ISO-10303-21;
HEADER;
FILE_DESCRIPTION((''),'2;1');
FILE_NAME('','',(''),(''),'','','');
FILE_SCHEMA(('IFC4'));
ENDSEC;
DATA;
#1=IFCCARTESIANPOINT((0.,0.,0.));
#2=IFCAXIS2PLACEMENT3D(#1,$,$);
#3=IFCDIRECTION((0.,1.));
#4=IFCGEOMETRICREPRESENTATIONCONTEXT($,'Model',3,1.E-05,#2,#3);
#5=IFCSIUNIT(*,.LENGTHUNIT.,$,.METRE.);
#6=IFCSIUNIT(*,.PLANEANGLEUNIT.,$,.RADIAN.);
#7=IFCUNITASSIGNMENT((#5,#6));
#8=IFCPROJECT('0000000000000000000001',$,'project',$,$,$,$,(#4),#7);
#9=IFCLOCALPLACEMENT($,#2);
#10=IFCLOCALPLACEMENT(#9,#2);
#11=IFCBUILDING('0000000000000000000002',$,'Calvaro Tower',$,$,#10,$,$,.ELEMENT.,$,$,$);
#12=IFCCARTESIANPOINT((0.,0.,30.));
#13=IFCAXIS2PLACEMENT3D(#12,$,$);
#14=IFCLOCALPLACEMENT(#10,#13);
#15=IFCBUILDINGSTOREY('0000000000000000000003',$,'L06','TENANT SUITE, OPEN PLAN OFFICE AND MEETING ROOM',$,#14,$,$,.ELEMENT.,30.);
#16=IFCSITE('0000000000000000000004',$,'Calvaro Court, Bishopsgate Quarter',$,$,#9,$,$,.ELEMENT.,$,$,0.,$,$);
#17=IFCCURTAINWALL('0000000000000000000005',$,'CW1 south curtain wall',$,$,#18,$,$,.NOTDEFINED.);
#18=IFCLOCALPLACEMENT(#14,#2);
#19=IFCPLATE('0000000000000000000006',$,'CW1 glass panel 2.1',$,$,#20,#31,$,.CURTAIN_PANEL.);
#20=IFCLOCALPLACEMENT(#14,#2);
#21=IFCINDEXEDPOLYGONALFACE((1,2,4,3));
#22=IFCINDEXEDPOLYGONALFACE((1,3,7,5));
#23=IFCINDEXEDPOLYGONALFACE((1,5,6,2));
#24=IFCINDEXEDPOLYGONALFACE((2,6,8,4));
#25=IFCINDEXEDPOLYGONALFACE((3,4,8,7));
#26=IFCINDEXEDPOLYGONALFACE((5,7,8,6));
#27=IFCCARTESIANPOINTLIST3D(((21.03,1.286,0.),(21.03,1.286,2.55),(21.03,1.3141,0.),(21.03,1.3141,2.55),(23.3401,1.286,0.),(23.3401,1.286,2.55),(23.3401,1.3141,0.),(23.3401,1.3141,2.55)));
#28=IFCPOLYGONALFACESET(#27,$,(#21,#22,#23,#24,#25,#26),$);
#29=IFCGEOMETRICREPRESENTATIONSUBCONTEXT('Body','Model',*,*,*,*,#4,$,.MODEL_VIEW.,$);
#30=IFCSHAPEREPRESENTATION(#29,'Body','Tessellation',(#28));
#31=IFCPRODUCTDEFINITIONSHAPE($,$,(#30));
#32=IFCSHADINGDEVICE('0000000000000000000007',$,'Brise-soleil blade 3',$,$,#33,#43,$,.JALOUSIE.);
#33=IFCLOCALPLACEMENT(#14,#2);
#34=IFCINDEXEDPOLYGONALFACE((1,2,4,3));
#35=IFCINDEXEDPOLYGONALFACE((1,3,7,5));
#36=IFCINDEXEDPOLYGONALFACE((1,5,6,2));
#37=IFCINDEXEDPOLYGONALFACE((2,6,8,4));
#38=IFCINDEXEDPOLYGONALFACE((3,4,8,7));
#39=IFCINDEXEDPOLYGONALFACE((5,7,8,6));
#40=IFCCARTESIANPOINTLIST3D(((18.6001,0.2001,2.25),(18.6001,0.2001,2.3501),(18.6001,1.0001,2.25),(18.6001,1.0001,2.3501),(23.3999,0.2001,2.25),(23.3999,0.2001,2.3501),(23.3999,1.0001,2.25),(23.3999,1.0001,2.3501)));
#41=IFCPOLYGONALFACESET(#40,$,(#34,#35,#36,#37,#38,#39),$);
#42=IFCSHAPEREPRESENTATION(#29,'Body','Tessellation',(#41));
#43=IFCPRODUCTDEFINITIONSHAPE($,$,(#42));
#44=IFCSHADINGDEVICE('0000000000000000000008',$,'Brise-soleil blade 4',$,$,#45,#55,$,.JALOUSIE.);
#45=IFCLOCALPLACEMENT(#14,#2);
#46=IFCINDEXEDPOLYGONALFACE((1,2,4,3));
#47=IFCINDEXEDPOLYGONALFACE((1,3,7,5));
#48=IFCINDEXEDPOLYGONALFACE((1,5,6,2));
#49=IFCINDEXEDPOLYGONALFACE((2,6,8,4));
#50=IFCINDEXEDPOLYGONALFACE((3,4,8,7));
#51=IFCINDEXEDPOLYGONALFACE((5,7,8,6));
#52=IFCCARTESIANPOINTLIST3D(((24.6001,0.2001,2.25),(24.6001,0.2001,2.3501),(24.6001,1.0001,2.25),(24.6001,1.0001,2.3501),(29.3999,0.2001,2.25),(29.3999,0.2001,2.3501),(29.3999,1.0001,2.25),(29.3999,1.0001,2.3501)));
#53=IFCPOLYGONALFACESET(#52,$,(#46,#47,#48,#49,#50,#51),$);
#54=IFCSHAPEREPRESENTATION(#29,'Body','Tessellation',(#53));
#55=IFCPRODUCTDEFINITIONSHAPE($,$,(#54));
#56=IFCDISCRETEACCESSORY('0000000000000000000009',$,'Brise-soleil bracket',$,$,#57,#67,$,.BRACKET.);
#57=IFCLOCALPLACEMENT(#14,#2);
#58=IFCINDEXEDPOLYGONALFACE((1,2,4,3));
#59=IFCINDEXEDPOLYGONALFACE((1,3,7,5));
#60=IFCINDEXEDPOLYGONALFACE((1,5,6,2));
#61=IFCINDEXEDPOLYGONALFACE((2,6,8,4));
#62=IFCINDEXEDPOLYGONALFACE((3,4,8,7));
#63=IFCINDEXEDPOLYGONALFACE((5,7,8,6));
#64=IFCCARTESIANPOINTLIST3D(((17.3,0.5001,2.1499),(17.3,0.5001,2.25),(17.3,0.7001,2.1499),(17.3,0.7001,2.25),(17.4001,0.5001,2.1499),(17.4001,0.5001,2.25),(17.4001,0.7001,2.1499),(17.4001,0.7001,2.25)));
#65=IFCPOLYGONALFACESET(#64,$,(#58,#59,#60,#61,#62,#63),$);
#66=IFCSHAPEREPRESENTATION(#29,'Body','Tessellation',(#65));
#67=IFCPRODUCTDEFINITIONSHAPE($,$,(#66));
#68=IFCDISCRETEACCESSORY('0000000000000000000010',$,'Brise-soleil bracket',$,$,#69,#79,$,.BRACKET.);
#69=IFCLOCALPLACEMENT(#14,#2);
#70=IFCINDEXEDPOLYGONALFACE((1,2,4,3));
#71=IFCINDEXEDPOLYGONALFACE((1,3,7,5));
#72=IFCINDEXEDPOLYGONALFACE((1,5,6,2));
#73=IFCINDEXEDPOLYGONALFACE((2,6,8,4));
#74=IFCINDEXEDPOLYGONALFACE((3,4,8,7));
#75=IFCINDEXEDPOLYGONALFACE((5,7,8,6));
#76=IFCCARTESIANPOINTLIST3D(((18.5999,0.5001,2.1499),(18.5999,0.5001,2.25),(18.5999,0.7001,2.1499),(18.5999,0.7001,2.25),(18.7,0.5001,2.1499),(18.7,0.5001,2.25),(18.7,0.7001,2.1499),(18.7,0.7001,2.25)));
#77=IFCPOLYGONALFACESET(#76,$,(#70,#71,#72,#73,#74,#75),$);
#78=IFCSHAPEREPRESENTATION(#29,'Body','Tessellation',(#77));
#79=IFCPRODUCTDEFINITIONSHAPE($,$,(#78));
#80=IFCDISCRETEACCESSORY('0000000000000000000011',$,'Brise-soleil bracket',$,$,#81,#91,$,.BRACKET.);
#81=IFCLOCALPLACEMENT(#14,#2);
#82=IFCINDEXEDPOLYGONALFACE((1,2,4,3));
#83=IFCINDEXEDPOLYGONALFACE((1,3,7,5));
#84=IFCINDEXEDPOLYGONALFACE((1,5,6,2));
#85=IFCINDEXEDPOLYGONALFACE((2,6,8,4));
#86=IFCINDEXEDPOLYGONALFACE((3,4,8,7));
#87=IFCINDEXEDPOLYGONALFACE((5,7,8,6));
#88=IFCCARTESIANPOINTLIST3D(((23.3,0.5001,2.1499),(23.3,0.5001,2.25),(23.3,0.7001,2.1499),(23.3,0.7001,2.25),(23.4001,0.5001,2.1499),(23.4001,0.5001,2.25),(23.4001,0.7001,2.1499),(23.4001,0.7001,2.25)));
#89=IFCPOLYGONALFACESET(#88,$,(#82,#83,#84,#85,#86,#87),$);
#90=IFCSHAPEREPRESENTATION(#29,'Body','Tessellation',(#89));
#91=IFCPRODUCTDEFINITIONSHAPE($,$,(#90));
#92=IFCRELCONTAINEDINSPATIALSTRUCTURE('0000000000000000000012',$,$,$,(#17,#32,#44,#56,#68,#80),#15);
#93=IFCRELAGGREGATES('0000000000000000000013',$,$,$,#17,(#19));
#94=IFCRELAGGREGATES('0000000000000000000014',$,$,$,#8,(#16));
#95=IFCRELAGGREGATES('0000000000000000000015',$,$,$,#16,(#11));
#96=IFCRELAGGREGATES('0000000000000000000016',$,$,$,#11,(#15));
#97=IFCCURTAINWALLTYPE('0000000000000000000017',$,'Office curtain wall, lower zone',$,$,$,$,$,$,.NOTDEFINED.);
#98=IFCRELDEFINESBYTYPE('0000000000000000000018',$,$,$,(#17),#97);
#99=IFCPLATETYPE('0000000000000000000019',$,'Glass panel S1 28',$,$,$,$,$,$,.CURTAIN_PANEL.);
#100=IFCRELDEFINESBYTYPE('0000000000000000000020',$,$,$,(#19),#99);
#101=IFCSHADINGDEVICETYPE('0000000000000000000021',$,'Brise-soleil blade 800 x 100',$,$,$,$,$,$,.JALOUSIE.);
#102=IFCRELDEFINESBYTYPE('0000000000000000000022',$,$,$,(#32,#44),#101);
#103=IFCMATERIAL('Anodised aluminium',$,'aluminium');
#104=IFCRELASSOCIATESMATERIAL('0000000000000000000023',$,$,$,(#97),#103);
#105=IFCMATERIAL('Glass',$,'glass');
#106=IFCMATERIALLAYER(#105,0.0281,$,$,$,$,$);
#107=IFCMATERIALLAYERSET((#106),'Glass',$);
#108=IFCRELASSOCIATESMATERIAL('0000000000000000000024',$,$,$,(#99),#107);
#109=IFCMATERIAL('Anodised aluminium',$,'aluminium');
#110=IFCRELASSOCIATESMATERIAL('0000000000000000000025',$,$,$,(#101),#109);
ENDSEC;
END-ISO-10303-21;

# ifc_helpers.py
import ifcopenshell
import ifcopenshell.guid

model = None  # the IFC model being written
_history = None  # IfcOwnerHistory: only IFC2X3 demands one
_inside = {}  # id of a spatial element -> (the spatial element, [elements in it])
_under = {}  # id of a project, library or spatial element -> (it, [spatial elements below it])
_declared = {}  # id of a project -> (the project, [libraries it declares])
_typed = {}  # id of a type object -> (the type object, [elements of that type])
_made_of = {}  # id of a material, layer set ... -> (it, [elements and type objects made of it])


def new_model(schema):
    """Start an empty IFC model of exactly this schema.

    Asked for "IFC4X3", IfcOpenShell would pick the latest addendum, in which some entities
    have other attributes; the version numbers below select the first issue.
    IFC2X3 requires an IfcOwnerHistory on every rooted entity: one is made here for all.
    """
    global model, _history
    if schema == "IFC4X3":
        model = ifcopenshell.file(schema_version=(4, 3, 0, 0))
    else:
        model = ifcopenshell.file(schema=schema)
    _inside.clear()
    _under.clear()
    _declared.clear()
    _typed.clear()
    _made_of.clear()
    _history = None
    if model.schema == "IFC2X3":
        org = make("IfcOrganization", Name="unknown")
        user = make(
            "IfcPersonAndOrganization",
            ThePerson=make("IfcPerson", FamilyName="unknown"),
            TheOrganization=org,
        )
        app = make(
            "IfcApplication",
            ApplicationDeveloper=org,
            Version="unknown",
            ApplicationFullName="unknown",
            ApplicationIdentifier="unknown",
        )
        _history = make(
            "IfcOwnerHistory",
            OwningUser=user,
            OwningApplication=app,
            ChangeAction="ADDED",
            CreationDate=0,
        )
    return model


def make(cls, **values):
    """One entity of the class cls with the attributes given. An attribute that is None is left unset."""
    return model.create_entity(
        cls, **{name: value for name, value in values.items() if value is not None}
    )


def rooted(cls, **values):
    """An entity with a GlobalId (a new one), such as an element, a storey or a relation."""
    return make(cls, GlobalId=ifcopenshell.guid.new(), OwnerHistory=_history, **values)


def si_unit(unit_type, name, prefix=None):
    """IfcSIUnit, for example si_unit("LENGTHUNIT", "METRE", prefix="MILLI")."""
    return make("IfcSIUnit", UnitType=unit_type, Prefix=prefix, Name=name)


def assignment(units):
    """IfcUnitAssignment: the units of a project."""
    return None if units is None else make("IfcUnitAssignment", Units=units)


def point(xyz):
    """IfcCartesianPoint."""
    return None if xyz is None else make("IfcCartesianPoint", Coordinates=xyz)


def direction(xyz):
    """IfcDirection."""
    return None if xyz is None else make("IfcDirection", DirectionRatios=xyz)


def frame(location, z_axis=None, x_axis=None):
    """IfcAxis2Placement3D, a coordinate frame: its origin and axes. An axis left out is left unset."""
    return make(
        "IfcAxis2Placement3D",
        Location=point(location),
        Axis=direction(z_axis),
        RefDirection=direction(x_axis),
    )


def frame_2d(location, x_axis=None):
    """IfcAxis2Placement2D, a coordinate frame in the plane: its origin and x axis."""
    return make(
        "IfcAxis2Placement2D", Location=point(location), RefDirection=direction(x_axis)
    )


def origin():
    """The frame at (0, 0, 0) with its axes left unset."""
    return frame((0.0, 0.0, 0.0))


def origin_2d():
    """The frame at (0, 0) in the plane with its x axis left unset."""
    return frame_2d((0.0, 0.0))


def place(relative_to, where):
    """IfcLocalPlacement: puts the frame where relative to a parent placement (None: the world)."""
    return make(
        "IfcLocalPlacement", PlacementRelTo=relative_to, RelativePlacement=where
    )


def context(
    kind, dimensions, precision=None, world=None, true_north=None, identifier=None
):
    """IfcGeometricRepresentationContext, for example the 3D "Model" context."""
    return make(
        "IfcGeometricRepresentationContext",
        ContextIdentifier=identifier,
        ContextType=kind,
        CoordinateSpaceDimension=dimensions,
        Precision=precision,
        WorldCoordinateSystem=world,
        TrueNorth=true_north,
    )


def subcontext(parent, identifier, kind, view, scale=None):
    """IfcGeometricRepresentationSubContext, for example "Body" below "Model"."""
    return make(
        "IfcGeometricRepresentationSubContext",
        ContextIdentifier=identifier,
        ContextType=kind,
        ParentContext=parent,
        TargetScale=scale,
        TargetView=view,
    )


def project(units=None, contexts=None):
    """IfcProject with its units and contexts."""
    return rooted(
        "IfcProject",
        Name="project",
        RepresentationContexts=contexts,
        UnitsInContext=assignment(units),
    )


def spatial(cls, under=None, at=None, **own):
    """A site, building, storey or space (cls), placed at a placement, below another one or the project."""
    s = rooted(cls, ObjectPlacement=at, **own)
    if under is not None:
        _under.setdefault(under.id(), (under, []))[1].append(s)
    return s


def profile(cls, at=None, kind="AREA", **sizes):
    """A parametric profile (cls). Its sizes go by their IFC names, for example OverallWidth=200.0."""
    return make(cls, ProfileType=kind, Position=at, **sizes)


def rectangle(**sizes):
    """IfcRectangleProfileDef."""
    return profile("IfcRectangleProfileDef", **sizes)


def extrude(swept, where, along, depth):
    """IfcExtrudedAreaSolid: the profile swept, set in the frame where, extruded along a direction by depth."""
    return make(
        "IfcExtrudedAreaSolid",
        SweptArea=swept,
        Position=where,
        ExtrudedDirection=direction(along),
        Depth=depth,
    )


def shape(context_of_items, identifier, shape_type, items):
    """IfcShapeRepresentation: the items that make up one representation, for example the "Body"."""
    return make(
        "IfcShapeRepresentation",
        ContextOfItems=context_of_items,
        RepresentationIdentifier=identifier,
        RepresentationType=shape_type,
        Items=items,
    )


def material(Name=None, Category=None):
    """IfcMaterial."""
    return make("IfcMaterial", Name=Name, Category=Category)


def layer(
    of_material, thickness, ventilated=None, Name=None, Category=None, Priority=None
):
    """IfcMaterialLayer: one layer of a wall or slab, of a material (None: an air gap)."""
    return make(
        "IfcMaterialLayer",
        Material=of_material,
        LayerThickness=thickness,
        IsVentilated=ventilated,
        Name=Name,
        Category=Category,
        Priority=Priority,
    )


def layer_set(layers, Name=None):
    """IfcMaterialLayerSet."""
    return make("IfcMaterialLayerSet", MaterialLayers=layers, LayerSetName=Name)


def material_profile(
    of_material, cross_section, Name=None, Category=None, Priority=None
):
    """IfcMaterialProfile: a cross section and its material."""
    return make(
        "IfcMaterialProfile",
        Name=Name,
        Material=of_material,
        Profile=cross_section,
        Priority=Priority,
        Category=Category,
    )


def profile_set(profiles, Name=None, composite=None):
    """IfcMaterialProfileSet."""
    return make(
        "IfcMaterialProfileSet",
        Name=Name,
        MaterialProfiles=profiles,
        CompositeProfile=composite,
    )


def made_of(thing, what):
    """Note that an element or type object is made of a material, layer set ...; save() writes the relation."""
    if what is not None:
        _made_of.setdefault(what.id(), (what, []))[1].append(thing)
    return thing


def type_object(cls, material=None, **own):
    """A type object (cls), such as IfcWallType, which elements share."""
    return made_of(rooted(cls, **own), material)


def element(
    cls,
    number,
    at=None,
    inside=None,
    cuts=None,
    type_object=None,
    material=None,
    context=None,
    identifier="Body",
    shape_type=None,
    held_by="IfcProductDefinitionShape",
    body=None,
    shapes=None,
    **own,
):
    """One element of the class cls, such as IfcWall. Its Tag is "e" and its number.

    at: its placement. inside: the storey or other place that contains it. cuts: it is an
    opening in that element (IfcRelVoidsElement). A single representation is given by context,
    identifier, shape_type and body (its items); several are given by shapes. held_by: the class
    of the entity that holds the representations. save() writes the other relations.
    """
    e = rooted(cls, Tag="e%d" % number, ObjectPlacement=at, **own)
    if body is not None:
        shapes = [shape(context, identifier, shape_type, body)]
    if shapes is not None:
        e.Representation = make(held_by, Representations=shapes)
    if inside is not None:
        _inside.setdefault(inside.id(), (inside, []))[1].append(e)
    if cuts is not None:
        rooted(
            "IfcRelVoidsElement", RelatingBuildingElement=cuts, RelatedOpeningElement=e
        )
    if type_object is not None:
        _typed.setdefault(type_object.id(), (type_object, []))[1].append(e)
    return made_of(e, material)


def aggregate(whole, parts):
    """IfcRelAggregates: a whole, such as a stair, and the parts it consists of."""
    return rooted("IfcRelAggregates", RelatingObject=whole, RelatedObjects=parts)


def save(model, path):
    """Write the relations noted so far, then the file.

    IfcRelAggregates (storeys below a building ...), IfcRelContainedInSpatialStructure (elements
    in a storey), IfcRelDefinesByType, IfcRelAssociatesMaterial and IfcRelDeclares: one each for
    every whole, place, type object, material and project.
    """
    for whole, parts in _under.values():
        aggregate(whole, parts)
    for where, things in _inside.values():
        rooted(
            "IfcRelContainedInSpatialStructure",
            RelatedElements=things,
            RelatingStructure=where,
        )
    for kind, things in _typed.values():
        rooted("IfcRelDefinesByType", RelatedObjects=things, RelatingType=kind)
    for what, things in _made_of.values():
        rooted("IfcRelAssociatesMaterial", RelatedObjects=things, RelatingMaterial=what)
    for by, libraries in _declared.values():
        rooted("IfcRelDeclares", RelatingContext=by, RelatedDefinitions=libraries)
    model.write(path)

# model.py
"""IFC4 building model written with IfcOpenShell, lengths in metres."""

from ifc_helpers import new_model, si_unit, direction, frame, origin, origin_2d, place, context, subcontext, project, spatial, rectangle, extrude, material, layer, layer_set, material_profile, profile_set, type_object, element, aggregate, save


model = new_model("IFC4")

# Units and contexts
model_context = context("Model", 3, precision=1e-05, world=origin(), true_north=direction((0.0, 1.0)))
body_context = subcontext(model_context, "Body", "Model", "MODEL_VIEW")
ifc_project = project(units=[si_unit("LENGTHUNIT", "METRE"), si_unit("PLANEANGLEUNIT", "RADIAN")], contexts=[model_context])

# Site, building, storey
site_placement = place(None, origin())
site = spatial("IfcSite", under=ifc_project, at=site_placement, Name="Calvaro Court, Bishopsgate Quarter", CompositionType="ELEMENT", RefElevation=0.0)
building_placement = place(site_placement, origin())
building = spatial("IfcBuilding", under=site, at=building_placement, Name="Calvaro Tower", CompositionType="ELEMENT")
storey_placement = place(building_placement, frame((0.0, 0.0, 30.0)))
storey = spatial("IfcBuildingStorey", under=building, at=storey_placement, Name="L06", Description="TENANT SUITE, OPEN PLAN OFFICE AND MEETING ROOM", CompositionType="ELEMENT", Elevation=30.0)

# Curtain wall
ifc_material_1 = material(Name="Anodised aluminium", Category="aluminium")
curtain_wall_type = type_object("IfcCurtainWallType", Name="Office curtain wall, lower zone", PredefinedType="NOTDEFINED", material=ifc_material_1)
curtain_wall_1_placement = place(storey_placement, origin())
curtain_wall_1 = element("IfcCurtainWall", 1, at=curtain_wall_1_placement, inside=storey, type_object=curtain_wall_type, Name="CW1 south curtain wall", PredefinedType="NOTDEFINED")

# Plate
ifc_material_2 = material(Name="Glass", Category="glass")
ifc_layer = layer(ifc_material_2, 0.0281)
ifc_layer_set = layer_set([ifc_layer], Name="Glass")
plate_type = type_object("IfcPlateType", Name="Glass panel S1 28", PredefinedType="CURTAIN_PANEL", material=ifc_layer_set)
plate_1_placement = place(storey_placement, frame((22.1851, 1.3, 0.0), z_axis=(0.0, 0.0, 1.0), x_axis=(1.0, 0.0, 0.0)))
plate_1 = element("IfcPlate", 2, at=plate_1_placement, type_object=plate_type, Name="CW1 glass panel 2.1", PredefinedType="CURTAIN_PANEL", context=body_context, shape_type="SweptSolid", body=[
    extrude(rectangle(XDim=2.3101, YDim=0.0281, at=origin_2d()), origin(), (0.0, 0.0, 1.0), 2.55),
])
aggregate(curtain_wall_1, [plate_1])

# Shading devices
ifc_material_3 = material(Name="Anodised aluminium", Category="aluminium")
ifc_material_profile_1 = material_profile(ifc_material_3, rectangle(XDim=0.8, YDim=0.1001, at=origin_2d()), Name="Brise-soleil blade 800 x 100")
ifc_profile_set_1 = profile_set([ifc_material_profile_1], Name="Anodised aluminium")
shading_device_type = type_object("IfcShadingDeviceType", Name="Brise-soleil blade 800 x 100", PredefinedType="JALOUSIE", material=ifc_profile_set_1)
for number, where, z_axis, x_axis, name in (
    (3, (18.6001, 0.6001, 2.3), (1.0, 0.0, 0.0), (0.0, 1.0, 0.0), "Brise-soleil blade 3"),
    (4, (24.6001, 0.6001, 2.3), (1.0, 0.0, 0.0), (0.0, 1.0, 0.0), "Brise-soleil blade 4"),
):
    element("IfcShadingDevice", number, at=place(storey_placement, frame(where, z_axis=z_axis, x_axis=x_axis)), inside=storey, type_object=shading_device_type, Name=name, PredefinedType="JALOUSIE", context=body_context, shape_type="SweptSolid", body=[
        extrude(rectangle(XDim=0.8, YDim=0.1001, at=origin_2d()), origin(), (0.0, 0.0, 1.0), 4.7998),
    ])

# Discrete accessories
for number, where, z_axis, x_axis, name in (
    (5, (17.3501, 0.6001, 2.1499), (0.0, 0.0, 1.0), (1.0, 0.0, 0.0), "Brise-soleil bracket"),
    (6, (18.6499, 0.6001, 2.1499), (0.0, 0.0, 1.0), (1.0, 0.0, 0.0), "Brise-soleil bracket"),
    (7, (23.3501, 0.6001, 2.1499), (0.0, 0.0, 1.0), (1.0, 0.0, 0.0), "Brise-soleil bracket"),
):
    element("IfcDiscreteAccessory", number, at=place(storey_placement, frame(where, z_axis=z_axis, x_axis=x_axis)), inside=storey, Name=name, PredefinedType="BRACKET", context=body_context, shape_type="SweptSolid", body=[
        extrude(rectangle(XDim=0.1001, YDim=0.2, at=origin_2d()), origin(), (0.0, 0.0, 1.0), 0.1001),
    ])

save(model, "model.ifc")
